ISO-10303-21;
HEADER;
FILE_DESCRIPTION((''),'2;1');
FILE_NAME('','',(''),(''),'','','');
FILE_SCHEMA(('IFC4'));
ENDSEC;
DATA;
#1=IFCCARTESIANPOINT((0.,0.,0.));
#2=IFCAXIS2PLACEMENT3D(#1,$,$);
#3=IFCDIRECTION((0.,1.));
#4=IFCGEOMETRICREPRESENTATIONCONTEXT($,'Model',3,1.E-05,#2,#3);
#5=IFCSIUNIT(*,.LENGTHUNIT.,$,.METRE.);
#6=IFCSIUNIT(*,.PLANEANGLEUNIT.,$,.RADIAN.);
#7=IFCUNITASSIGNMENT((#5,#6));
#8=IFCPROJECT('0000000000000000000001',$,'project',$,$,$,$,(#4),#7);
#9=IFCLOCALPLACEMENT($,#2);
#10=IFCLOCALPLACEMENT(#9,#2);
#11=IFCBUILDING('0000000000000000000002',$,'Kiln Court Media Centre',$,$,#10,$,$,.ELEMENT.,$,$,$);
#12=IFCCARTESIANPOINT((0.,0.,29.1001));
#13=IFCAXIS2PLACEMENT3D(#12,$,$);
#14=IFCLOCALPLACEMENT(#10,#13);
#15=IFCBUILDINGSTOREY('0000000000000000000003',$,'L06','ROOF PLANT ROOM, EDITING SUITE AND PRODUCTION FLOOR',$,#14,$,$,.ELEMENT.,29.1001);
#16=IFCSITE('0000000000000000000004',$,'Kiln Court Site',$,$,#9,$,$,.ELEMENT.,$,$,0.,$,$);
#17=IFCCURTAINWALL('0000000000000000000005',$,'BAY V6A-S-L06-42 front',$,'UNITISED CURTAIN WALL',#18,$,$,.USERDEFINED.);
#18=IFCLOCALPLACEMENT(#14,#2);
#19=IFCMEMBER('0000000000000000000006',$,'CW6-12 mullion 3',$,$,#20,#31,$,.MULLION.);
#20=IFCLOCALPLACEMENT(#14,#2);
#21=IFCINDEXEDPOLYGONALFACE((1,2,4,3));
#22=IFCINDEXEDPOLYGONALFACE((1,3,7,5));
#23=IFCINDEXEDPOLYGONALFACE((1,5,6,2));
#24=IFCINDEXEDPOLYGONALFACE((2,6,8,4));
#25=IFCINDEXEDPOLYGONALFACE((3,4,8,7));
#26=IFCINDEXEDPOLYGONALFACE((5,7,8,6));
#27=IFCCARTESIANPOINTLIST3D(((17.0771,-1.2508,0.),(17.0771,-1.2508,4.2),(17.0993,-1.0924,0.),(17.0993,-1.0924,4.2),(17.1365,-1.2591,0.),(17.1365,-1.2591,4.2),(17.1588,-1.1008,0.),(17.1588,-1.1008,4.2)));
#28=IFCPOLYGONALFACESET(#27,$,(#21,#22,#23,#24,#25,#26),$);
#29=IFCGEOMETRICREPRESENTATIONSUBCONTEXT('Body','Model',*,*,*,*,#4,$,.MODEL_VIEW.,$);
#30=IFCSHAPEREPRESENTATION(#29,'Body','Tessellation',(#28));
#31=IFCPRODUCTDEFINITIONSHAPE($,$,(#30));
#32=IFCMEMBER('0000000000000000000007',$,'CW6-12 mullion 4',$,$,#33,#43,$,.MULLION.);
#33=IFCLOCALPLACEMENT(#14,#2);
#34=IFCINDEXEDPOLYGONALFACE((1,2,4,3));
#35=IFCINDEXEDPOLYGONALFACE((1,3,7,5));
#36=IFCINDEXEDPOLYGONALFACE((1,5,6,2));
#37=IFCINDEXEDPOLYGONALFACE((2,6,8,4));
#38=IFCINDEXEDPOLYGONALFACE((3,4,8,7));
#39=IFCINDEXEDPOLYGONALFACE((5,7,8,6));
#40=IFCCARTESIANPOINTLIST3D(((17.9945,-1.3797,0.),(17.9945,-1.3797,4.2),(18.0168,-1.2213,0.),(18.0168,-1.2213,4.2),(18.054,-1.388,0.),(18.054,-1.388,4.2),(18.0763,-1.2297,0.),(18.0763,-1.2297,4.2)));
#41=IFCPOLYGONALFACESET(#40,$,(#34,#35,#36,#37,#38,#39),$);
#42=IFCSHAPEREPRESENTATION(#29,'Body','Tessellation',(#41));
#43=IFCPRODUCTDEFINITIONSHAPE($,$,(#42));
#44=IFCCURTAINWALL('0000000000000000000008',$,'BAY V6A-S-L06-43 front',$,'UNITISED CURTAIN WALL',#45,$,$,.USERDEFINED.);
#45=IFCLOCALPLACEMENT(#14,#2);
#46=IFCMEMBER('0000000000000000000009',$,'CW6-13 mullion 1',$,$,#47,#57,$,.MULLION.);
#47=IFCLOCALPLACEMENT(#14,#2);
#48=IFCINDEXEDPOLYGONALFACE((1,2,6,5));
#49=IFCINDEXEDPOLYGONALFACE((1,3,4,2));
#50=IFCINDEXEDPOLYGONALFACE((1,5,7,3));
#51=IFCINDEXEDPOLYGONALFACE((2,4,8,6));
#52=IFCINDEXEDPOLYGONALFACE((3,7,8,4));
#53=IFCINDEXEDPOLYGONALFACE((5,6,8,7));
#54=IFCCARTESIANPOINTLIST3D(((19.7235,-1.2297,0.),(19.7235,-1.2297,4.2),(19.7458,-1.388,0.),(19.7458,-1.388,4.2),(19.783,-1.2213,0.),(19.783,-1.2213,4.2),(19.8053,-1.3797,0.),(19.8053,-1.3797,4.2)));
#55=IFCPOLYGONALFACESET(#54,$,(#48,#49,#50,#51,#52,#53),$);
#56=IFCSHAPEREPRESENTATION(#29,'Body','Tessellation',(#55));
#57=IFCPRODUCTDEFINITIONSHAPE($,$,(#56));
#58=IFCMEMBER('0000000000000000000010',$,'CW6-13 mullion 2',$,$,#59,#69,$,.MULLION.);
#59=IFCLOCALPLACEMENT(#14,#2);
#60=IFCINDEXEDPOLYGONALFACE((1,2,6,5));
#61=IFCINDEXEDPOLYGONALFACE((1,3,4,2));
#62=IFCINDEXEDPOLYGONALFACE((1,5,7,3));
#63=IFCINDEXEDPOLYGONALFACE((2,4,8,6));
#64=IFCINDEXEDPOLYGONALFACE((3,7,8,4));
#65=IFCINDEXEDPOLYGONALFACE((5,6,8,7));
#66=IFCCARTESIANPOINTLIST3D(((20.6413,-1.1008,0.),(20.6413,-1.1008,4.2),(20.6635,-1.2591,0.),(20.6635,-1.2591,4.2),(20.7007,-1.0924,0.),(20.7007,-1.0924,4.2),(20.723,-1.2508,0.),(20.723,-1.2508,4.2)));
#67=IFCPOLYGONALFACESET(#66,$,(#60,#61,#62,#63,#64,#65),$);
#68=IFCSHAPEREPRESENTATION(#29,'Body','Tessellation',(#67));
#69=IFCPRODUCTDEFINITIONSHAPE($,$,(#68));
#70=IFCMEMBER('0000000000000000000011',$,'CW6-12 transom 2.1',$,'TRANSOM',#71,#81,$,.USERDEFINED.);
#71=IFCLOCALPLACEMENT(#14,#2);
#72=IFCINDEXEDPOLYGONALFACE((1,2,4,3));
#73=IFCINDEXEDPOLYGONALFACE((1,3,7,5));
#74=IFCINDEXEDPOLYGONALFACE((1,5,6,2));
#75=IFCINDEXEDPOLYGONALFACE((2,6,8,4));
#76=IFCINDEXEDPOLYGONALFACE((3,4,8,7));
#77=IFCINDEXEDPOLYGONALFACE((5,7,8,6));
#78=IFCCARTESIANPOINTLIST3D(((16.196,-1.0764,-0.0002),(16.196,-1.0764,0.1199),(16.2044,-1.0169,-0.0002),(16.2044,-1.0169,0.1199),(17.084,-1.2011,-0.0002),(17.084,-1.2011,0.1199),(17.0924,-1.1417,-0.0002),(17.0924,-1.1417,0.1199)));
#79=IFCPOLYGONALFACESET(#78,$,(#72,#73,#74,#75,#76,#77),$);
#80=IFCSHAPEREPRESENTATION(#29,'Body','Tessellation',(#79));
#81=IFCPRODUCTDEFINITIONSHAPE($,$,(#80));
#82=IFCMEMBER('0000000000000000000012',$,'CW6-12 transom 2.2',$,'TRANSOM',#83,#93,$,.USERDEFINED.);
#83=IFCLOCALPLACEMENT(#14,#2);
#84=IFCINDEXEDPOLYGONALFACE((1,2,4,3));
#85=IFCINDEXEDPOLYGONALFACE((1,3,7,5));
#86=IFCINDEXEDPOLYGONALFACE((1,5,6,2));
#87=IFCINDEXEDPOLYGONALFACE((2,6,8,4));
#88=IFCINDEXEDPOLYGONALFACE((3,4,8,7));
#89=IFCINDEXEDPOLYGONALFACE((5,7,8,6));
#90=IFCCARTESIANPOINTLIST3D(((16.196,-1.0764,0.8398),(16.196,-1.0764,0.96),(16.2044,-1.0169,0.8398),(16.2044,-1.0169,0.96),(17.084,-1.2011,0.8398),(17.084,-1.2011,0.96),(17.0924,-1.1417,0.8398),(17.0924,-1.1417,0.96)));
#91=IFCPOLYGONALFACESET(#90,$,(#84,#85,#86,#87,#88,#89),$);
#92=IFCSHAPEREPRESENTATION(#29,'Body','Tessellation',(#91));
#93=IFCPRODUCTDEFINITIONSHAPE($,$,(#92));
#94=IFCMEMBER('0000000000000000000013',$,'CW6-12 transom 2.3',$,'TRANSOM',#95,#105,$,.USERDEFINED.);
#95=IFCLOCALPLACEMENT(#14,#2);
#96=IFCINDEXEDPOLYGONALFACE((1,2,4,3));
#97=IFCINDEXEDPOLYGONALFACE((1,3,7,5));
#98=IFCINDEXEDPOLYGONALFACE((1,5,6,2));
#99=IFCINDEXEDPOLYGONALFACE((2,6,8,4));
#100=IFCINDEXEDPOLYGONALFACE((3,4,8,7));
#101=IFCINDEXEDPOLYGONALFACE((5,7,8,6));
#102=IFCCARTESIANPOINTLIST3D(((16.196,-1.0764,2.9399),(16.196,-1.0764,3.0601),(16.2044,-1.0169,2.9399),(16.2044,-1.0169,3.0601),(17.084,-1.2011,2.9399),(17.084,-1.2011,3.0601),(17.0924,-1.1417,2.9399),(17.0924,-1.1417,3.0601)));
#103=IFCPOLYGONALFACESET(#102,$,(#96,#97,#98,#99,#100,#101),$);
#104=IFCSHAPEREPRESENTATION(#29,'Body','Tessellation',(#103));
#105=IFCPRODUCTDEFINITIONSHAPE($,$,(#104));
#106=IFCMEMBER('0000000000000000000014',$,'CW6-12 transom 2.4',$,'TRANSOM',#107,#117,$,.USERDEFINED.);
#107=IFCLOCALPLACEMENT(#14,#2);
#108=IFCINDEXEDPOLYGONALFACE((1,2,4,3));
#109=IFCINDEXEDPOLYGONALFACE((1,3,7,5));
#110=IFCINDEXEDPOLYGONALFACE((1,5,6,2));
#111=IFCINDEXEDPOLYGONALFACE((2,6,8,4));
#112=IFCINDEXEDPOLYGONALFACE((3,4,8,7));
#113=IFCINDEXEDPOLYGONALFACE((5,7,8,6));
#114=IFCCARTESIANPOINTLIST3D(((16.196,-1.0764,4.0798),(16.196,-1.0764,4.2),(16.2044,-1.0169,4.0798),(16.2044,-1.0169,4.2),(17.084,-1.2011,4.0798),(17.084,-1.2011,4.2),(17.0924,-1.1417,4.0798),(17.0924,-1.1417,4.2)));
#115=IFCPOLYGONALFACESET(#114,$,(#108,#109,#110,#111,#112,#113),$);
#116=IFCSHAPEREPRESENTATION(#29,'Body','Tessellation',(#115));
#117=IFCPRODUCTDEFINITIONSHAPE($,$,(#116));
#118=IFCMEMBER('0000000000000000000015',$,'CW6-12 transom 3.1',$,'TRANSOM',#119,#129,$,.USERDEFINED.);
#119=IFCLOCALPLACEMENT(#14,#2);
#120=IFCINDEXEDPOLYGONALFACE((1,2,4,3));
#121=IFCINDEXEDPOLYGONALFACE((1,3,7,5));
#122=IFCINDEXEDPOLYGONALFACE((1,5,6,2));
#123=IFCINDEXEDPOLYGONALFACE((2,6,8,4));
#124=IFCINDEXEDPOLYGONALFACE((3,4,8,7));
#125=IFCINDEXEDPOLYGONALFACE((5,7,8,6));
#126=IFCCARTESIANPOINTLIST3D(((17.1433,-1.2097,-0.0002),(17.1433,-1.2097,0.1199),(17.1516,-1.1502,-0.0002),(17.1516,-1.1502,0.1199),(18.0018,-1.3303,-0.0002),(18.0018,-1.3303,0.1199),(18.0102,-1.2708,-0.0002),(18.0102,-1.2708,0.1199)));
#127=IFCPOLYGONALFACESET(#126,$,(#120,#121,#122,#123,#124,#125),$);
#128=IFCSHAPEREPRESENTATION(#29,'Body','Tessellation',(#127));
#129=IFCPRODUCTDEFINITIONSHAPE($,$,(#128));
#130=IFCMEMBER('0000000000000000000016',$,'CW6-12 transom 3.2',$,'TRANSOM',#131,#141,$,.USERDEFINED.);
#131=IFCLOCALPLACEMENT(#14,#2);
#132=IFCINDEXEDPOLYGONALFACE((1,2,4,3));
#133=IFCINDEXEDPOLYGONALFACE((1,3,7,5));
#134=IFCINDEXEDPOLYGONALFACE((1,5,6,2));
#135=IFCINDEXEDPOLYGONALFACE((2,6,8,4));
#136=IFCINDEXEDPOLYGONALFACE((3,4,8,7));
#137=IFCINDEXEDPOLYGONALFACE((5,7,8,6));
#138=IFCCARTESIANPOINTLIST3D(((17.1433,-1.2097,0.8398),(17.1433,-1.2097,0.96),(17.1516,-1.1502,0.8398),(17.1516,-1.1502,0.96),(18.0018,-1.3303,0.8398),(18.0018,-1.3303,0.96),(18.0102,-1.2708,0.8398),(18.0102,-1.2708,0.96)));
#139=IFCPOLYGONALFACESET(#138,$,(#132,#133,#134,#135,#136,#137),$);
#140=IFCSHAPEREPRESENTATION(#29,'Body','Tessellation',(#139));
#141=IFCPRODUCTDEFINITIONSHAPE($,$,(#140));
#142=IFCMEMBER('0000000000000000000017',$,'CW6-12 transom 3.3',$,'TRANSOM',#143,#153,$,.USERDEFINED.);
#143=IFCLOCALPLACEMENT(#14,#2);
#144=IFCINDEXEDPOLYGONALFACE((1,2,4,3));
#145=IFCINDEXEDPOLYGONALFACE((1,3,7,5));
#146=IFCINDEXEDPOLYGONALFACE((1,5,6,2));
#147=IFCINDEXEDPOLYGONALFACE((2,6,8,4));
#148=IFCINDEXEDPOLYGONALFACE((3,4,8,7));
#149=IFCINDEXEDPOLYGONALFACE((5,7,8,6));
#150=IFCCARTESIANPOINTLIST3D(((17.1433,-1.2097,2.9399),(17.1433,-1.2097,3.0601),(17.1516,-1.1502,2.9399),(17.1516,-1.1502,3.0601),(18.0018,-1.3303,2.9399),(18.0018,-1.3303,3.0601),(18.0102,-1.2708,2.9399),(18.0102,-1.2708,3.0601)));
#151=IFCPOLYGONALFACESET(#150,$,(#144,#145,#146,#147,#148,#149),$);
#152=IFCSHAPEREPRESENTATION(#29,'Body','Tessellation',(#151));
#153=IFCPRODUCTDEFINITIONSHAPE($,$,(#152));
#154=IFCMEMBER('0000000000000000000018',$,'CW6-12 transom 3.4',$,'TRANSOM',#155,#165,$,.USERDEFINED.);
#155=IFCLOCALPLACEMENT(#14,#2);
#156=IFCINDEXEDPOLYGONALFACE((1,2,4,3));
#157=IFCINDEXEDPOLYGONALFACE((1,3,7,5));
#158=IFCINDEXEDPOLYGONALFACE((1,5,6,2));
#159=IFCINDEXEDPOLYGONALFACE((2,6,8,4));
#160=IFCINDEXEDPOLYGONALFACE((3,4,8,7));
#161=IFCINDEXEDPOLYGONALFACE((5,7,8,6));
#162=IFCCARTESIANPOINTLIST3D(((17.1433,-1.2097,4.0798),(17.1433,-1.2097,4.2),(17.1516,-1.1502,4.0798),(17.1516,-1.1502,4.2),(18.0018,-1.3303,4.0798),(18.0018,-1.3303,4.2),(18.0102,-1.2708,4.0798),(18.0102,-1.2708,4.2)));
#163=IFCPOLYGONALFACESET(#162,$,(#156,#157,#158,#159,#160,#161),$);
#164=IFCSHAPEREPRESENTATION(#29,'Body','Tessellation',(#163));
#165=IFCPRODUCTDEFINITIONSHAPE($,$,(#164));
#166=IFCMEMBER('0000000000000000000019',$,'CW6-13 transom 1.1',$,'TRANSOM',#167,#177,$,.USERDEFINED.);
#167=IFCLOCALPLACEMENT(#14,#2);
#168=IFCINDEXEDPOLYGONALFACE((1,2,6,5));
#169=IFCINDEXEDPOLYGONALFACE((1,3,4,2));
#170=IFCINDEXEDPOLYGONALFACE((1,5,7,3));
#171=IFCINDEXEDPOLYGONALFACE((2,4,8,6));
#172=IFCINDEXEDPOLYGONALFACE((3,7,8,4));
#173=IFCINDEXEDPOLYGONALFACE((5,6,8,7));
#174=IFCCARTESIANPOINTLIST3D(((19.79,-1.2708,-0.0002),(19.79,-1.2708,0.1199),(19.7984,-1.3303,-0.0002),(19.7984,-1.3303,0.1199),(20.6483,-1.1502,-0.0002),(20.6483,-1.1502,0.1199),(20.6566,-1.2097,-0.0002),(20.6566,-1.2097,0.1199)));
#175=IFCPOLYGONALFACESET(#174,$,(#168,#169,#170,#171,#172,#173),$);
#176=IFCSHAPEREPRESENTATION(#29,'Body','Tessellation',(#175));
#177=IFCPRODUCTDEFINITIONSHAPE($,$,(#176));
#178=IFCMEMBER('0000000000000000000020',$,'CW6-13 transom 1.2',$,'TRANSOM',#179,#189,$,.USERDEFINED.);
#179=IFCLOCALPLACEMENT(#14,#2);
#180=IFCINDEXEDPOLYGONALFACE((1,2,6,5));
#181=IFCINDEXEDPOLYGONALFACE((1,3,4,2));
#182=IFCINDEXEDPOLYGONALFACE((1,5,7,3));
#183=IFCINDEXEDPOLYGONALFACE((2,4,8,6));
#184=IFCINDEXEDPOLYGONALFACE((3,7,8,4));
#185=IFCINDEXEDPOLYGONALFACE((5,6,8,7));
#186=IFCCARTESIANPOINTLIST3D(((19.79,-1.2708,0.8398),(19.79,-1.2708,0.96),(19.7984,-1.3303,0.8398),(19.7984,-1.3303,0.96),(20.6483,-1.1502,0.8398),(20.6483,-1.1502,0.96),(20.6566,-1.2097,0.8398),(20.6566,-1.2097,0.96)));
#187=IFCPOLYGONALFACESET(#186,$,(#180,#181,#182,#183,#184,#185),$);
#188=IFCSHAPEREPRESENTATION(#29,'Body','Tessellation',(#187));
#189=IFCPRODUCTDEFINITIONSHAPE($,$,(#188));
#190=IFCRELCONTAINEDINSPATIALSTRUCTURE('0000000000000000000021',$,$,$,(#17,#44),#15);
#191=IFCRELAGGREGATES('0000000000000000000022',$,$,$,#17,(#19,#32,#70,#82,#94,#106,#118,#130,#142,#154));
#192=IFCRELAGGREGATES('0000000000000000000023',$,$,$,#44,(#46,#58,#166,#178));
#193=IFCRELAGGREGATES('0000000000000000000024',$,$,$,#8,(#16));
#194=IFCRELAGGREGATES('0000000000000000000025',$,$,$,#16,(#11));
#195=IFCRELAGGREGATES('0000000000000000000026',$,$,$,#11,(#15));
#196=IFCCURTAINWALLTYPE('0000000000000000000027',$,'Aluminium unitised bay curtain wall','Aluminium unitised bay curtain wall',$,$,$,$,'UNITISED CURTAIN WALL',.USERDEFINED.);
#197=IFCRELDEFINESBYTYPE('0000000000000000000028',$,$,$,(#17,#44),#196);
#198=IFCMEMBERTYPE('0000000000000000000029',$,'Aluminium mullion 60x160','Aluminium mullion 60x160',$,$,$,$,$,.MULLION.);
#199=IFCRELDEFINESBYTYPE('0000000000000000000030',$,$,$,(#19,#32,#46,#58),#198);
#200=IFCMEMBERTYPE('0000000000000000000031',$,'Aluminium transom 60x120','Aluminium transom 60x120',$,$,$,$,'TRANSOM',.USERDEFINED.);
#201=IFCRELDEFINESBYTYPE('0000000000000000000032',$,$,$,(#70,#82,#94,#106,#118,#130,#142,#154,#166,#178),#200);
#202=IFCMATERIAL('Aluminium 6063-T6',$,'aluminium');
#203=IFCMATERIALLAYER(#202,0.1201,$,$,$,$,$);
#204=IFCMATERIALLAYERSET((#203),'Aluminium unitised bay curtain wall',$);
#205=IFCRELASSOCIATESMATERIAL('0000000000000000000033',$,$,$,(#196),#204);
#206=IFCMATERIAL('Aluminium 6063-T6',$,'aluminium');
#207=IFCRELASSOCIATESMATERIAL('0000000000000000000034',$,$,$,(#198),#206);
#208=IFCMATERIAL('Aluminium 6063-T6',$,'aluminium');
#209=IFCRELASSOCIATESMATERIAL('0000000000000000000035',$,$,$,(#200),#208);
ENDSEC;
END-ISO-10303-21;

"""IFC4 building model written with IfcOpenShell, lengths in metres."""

from ifc_helpers import new_model, si_unit, direction, frame, origin, origin_2d, place, context, subcontext, project, spatial, rectangle, extrude, material, layer, layer_set, material_profile, profile_set, type_object, element, aggregate, save


model = new_model("IFC4")

# Units and contexts
model_context = context("Model", 3, precision=1e-05, world=origin(), true_north=direction((0.0, 1.0)))
body_context = subcontext(model_context, "Body", "Model", "MODEL_VIEW")
ifc_project = project(units=[si_unit("LENGTHUNIT", "METRE"), si_unit("PLANEANGLEUNIT", "RADIAN")], contexts=[model_context])

# Site, building, storey
site_placement = place(None, origin())
site = spatial("IfcSite", under=ifc_project, at=site_placement, Name="Kiln Court Site", CompositionType="ELEMENT", RefElevation=0.0)
building_placement = place(site_placement, origin())
building = spatial("IfcBuilding", under=site, at=building_placement, Name="Kiln Court Media Centre", CompositionType="ELEMENT")
storey_placement = place(building_placement, frame((0.0, 0.0, 29.1001)))
storey = spatial("IfcBuildingStorey", under=building, at=storey_placement, Name="L06", Description="ROOF PLANT ROOM, EDITING SUITE AND PRODUCTION FLOOR", CompositionType="ELEMENT", Elevation=29.1001)

# Curtain walls, members
ifc_material_1 = material(Name="Aluminium 6063-T6", Category="aluminium")
ifc_layer_1 = layer(ifc_material_1, 0.1201)
ifc_layer_set_1 = layer_set([ifc_layer_1], Name="Aluminium unitised bay curtain wall")
curtain_wall_type = type_object("IfcCurtainWallType", Name="Aluminium unitised bay curtain wall", Description="Aluminium unitised bay curtain wall", ElementType="UNITISED CURTAIN WALL", PredefinedType="USERDEFINED", material=ifc_layer_set_1)
curtain_wall_1_placement = place(storey_placement, origin())
curtain_wall_1 = element("IfcCurtainWall", 1, at=curtain_wall_1_placement, inside=storey, type_object=curtain_wall_type, Name="BAY V6A-S-L06-42 front", ObjectType="UNITISED CURTAIN WALL", PredefinedType="USERDEFINED")
ifc_material_2 = material(Name="Aluminium 6063-T6", Category="aluminium")
ifc_material_profile_1 = material_profile(ifc_material_2, rectangle(XDim=0.0601, YDim=0.1599, at=origin_2d()), Name="Aluminium mullion 60x160")
ifc_profile_set_1 = profile_set([ifc_material_profile_1], Name="Aluminium 6063-T6")
member_type_1 = type_object("IfcMemberType", Name="Aluminium mullion 60x160", Description="Aluminium mullion 60x160", PredefinedType="MULLION", material=ifc_profile_set_1)
member_1_placement = place(storey_placement, frame((17.1179, -1.1758, 0.0), z_axis=(0.0, 0.0, 1.0), x_axis=(0.99027, -0.139162, 0.0)))
member_1 = element("IfcMember", 2, at=member_1_placement, type_object=member_type_1, Name="CW6-12 mullion 3", PredefinedType="MULLION", context=body_context, shape_type="SweptSolid", body=[
    extrude(rectangle(XDim=0.0601, YDim=0.1599, at=origin_2d()), origin(), (0.0, 0.0, 1.0), 4.2),
])
member_2_placement = place(storey_placement, frame((18.0354, -1.3047, 0.0), z_axis=(0.0, 0.0, 1.0), x_axis=(0.99027, -0.139162, 0.0)))
member_2 = element("IfcMember", 3, at=member_2_placement, type_object=member_type_1, Name="CW6-12 mullion 4", PredefinedType="MULLION", context=body_context, shape_type="SweptSolid", body=[
    extrude(rectangle(XDim=0.0601, YDim=0.1599, at=origin_2d()), origin(), (0.0, 0.0, 1.0), 4.2),
])
curtain_wall_2_placement = place(storey_placement, origin())
curtain_wall_2 = element("IfcCurtainWall", 4, at=curtain_wall_2_placement, inside=storey, type_object=curtain_wall_type, Name="BAY V6A-S-L06-43 front", ObjectType="UNITISED CURTAIN WALL", PredefinedType="USERDEFINED")
member_3_placement = place(storey_placement, frame((19.7644, -1.3047, 0.0), z_axis=(0.0, 0.0, 1.0), x_axis=(0.99027, 0.139162, 0.0)))
member_3 = element("IfcMember", 5, at=member_3_placement, type_object=member_type_1, Name="CW6-13 mullion 1", PredefinedType="MULLION", context=body_context, shape_type="SweptSolid", body=[
    extrude(rectangle(XDim=0.0601, YDim=0.1599, at=origin_2d()), origin(), (0.0, 0.0, 1.0), 4.2),
])
member_4_placement = place(storey_placement, frame((20.6821, -1.1758, 0.0), z_axis=(0.0, 0.0, 1.0), x_axis=(0.99027, 0.139162, 0.0)))
member_4 = element("IfcMember", 6, at=member_4_placement, type_object=member_type_1, Name="CW6-13 mullion 2", PredefinedType="MULLION", context=body_context, shape_type="SweptSolid", body=[
    extrude(rectangle(XDim=0.0601, YDim=0.1599, at=origin_2d()), origin(), (0.0, 0.0, 1.0), 4.2),
])

# Members
ifc_material_3 = material(Name="Aluminium 6063-T6", Category="aluminium")
ifc_material_profile_2 = material_profile(ifc_material_3, rectangle(XDim=0.0601, YDim=0.1201, at=origin_2d()), Name="Aluminium transom 60x120")
ifc_profile_set_2 = profile_set([ifc_material_profile_2], Name="Aluminium 6063-T6")
member_type_2 = type_object("IfcMemberType", Name="Aluminium transom 60x120", Description="Aluminium transom 60x120", ElementType="TRANSOM", PredefinedType="USERDEFINED", material=ifc_profile_set_2)
member_5_placement = place(storey_placement, frame((16.2002, -1.0466, 0.0598), z_axis=(0.990274, -0.139134, 0.0), x_axis=(0.139134, 0.990274, 0.0)))
member_5 = element("IfcMember", 7, at=member_5_placement, type_object=member_type_2, Name="CW6-12 transom 2.1", ObjectType="TRANSOM", PredefinedType="USERDEFINED", context=body_context, shape_type="SweptSolid", body=[
    extrude(rectangle(XDim=0.0601, YDim=0.1201, at=origin_2d()), origin(), (0.0, 0.0, 1.0), 0.8967),
])
member_6_placement = place(storey_placement, frame((16.2002, -1.0466, 0.8999), z_axis=(0.990274, -0.139134, 0.0), x_axis=(0.139134, 0.990274, 0.0)))
member_6 = element("IfcMember", 8, at=member_6_placement, type_object=member_type_2, Name="CW6-12 transom 2.2", ObjectType="TRANSOM", PredefinedType="USERDEFINED", context=body_context, shape_type="SweptSolid", body=[
    extrude(rectangle(XDim=0.0601, YDim=0.1201, at=origin_2d()), origin(), (0.0, 0.0, 1.0), 0.8967),
])
member_7_placement = place(storey_placement, frame((16.2002, -1.0466, 3.0), z_axis=(0.990274, -0.139134, 0.0), x_axis=(0.139134, 0.990274, 0.0)))
member_7 = element("IfcMember", 9, at=member_7_placement, type_object=member_type_2, Name="CW6-12 transom 2.3", ObjectType="TRANSOM", PredefinedType="USERDEFINED", context=body_context, shape_type="SweptSolid", body=[
    extrude(rectangle(XDim=0.0601, YDim=0.1201, at=origin_2d()), origin(), (0.0, 0.0, 1.0), 0.8967),
])
member_8_placement = place(storey_placement, frame((16.2002, -1.0466, 4.1399), z_axis=(0.990274, -0.139134, 0.0), x_axis=(0.139134, 0.990274, 0.0)))
member_8 = element("IfcMember", 10, at=member_8_placement, type_object=member_type_2, Name="CW6-12 transom 2.4", ObjectType="TRANSOM", PredefinedType="USERDEFINED", context=body_context, shape_type="SweptSolid", body=[
    extrude(rectangle(XDim=0.0601, YDim=0.1201, at=origin_2d()), origin(), (0.0, 0.0, 1.0), 0.8967),
])
member_9_placement = place(storey_placement, frame((17.1475, -1.1799, 0.0598), z_axis=(0.990274, -0.139134, 0.0), x_axis=(0.139134, 0.990274, 0.0)))
member_9 = element("IfcMember", 11, at=member_9_placement, type_object=member_type_2, Name="CW6-12 transom 3.1", ObjectType="TRANSOM", PredefinedType="USERDEFINED", context=body_context, shape_type="SweptSolid", body=[
    extrude(rectangle(XDim=0.0601, YDim=0.1201, at=origin_2d()), origin(), (0.0, 0.0, 1.0), 0.8669),
])
member_10_placement = place(storey_placement, frame((17.1475, -1.1799, 0.8999), z_axis=(0.990274, -0.139134, 0.0), x_axis=(0.139134, 0.990274, 0.0)))
member_10 = element("IfcMember", 12, at=member_10_placement, type_object=member_type_2, Name="CW6-12 transom 3.2", ObjectType="TRANSOM", PredefinedType="USERDEFINED", context=body_context, shape_type="SweptSolid", body=[
    extrude(rectangle(XDim=0.0601, YDim=0.1201, at=origin_2d()), origin(), (0.0, 0.0, 1.0), 0.8669),
])
member_11_placement = place(storey_placement, frame((17.1475, -1.1799, 3.0), z_axis=(0.990274, -0.139134, 0.0), x_axis=(0.139134, 0.990274, 0.0)))
member_11 = element("IfcMember", 13, at=member_11_placement, type_object=member_type_2, Name="CW6-12 transom 3.3", ObjectType="TRANSOM", PredefinedType="USERDEFINED", context=body_context, shape_type="SweptSolid", body=[
    extrude(rectangle(XDim=0.0601, YDim=0.1201, at=origin_2d()), origin(), (0.0, 0.0, 1.0), 0.8669),
])
member_12_placement = place(storey_placement, frame((17.1475, -1.1799, 4.1399), z_axis=(0.990274, -0.139134, 0.0), x_axis=(0.139134, 0.990274, 0.0)))
member_12 = element("IfcMember", 14, at=member_12_placement, type_object=member_type_2, Name="CW6-12 transom 3.4", ObjectType="TRANSOM", PredefinedType="USERDEFINED", context=body_context, shape_type="SweptSolid", body=[
    extrude(rectangle(XDim=0.0601, YDim=0.1201, at=origin_2d()), origin(), (0.0, 0.0, 1.0), 0.8669),
])
member_13_placement = place(storey_placement, frame((19.7942, -1.3005, 0.0598), z_axis=(0.990268, 0.139173, 0.0), x_axis=(-0.139173, 0.990268, 0.0)))
member_13 = element("IfcMember", 15, at=member_13_placement, type_object=member_type_2, Name="CW6-13 transom 1.1", ObjectType="TRANSOM", PredefinedType="USERDEFINED", context=body_context, shape_type="SweptSolid", body=[
    extrude(rectangle(XDim=0.0601, YDim=0.1201, at=origin_2d()), origin(), (0.0, 0.0, 1.0), 0.8667),
])
member_14_placement = place(storey_placement, frame((19.7942, -1.3005, 0.8999), z_axis=(0.990268, 0.139173, 0.0), x_axis=(-0.139173, 0.990268, 0.0)))
member_14 = element("IfcMember", 16, at=member_14_placement, type_object=member_type_2, Name="CW6-13 transom 1.2", ObjectType="TRANSOM", PredefinedType="USERDEFINED", context=body_context, shape_type="SweptSolid", body=[
    extrude(rectangle(XDim=0.0601, YDim=0.1201, at=origin_2d()), origin(), (0.0, 0.0, 1.0), 0.8667),
])

aggregate(curtain_wall_1, [member_1, member_2, member_5, member_6, member_7, member_8, member_9, member_10, member_11, member_12])
aggregate(curtain_wall_2, [member_3, member_4, member_13, member_14])

save(model, "model.ifc")
